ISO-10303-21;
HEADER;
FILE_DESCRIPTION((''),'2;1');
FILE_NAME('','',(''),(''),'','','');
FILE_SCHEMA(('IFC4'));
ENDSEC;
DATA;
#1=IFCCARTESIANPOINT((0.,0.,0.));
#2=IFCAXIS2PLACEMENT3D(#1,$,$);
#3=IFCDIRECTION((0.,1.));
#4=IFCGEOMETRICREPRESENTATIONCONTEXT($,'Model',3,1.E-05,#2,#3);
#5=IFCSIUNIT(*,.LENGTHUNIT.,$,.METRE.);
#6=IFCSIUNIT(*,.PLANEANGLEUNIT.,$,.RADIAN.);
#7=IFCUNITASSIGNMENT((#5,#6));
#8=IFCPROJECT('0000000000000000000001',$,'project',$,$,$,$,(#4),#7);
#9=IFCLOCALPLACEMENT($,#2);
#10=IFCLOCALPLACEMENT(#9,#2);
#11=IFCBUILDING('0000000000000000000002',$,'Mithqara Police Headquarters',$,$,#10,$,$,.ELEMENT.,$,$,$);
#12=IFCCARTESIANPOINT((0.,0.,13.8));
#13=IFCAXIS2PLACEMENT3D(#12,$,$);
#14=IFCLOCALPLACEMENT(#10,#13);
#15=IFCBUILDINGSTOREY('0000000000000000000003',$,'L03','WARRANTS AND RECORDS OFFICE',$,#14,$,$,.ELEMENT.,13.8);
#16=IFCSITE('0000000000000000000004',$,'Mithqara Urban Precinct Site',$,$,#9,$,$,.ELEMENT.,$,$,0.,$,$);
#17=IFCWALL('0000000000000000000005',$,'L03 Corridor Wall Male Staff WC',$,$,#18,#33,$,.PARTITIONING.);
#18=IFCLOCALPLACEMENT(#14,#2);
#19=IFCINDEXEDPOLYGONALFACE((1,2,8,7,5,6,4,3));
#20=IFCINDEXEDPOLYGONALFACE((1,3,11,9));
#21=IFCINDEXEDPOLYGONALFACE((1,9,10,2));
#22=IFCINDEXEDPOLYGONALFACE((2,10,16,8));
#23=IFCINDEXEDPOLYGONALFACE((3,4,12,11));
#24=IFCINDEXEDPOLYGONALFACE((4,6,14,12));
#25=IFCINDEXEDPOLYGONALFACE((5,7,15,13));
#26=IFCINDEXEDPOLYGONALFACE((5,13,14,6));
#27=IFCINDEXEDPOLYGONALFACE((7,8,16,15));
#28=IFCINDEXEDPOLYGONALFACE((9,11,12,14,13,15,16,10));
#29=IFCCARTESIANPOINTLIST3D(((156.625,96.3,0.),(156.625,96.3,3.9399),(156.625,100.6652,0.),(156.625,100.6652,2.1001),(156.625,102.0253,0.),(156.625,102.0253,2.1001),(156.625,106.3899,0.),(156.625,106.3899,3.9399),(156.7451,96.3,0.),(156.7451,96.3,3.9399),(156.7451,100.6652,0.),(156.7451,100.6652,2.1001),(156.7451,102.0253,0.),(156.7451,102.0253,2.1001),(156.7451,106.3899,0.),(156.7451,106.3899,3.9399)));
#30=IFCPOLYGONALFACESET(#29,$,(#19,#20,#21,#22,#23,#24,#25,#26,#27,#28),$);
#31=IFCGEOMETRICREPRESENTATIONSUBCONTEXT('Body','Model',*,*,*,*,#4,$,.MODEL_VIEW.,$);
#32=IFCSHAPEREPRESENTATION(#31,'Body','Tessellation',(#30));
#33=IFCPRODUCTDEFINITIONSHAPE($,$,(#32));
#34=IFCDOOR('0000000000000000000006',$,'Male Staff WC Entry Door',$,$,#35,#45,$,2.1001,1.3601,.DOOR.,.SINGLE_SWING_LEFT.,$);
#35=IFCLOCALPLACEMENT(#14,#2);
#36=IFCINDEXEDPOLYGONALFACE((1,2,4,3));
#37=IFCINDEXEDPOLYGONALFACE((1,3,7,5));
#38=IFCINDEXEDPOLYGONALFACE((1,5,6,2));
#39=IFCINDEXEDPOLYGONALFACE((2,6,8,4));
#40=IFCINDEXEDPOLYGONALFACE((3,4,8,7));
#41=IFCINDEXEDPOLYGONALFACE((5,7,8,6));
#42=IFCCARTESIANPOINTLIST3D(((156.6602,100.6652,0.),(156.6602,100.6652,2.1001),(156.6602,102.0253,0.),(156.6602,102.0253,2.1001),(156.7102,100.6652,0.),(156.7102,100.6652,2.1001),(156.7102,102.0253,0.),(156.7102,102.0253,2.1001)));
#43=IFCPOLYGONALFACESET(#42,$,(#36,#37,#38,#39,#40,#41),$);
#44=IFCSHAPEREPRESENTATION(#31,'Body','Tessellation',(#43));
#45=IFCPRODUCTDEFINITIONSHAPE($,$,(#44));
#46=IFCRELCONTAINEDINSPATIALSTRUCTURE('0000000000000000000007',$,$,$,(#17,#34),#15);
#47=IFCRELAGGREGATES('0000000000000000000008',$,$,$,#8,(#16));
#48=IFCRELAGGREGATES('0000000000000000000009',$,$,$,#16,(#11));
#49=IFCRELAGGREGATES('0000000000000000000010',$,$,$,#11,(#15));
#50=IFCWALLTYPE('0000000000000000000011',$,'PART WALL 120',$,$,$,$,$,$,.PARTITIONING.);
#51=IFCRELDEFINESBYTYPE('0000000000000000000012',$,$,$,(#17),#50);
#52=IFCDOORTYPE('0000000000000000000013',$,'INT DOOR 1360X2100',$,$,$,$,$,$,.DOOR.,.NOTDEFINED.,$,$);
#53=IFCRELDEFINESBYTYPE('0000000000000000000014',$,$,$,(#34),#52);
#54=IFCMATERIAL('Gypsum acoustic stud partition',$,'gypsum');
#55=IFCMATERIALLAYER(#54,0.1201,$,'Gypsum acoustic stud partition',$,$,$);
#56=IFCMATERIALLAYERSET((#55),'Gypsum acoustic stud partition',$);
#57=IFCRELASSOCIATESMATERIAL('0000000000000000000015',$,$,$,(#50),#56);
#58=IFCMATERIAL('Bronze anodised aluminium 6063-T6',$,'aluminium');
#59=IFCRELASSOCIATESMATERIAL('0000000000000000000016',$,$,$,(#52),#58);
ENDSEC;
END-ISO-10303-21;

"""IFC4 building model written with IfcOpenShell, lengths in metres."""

from ifc_helpers import new_model, si_unit, direction, frame, frame_2d, origin, place, context, subcontext, project, spatial, rectangle, extrude, material, layer, layer_set, type_object, element, fill, save


model = new_model("IFC4")

# Units and contexts
model_context = context("Model", 3, precision=1e-05, world=origin(), true_north=direction((0.0, 1.0)))
body_context = subcontext(model_context, "Body", "Model", "MODEL_VIEW")
ifc_project = project(units=[si_unit("LENGTHUNIT", "METRE"), si_unit("PLANEANGLEUNIT", "RADIAN")], contexts=[model_context])

# Site, building, storey
site_placement = place(None, origin())
site = spatial("IfcSite", under=ifc_project, at=site_placement, Name="Mithqara Urban Precinct Site", CompositionType="ELEMENT", RefElevation=0.0)
building_placement = place(site_placement, origin())
building = spatial("IfcBuilding", under=site, at=building_placement, Name="Mithqara Police Headquarters", CompositionType="ELEMENT")
storey_placement = place(building_placement, frame((0.0, 0.0, 13.8)))
storey = spatial("IfcBuildingStorey", under=building, at=storey_placement, Name="L03", Description="WARRANTS AND RECORDS OFFICE", CompositionType="ELEMENT", Elevation=13.8)

# Shared definitions
ifc_material_1 = material(Name="Bronze anodised aluminium 6063-T6", Category="aluminium")

# Wall, opening, door
ifc_material_2 = material(Name="Gypsum acoustic stud partition", Category="gypsum")
ifc_layer_1 = layer(ifc_material_2, 0.1201, Name="Gypsum acoustic stud partition")
ifc_layer_set_1 = layer_set([ifc_layer_1], Name="Gypsum acoustic stud partition")
wall_type = type_object("IfcWallType", Name="PART WALL 120", PredefinedType="PARTITIONING", material=ifc_layer_set_1)
wall_placement = place(storey_placement, frame((156.6851, 96.3, 0.0), z_axis=(0.0, 0.0, 1.0), x_axis=(0.0, 1.0, 0.0)))
wall = element("IfcWall", 1, at=wall_placement, inside=storey, type_object=wall_type, Name="L03 Corridor Wall Male Staff WC", PredefinedType="PARTITIONING", context=body_context, shape_type="SweptSolid", body=[
    extrude(rectangle(XDim=10.0898, YDim=0.1201, at=frame_2d((5.0449, 0.0))), origin(), (0.0, 0.0, 1.0), 3.9399),
])
opening_placement = place(wall_placement, frame((4.365, 0.0, 0.0)))
opening = element("IfcOpeningElement", 2, at=opening_placement, cuts=wall, PredefinedType="OPENING", context=body_context, shape_type="SweptSolid", body=[
    extrude(rectangle(XDim=1.3601, YDim=2.1001, at=frame_2d((0.6802, 1.05))), frame((0.0, 0.0701, 0.0), z_axis=(0.0, -1.0, 0.0), x_axis=(1.0, 0.0, 0.0)), (0.0, 0.0, 1.0), 0.1401),
])
door_type = type_object("IfcDoorType", Name="INT DOOR 1360X2100", OperationType="NOTDEFINED", PredefinedType="DOOR", material=ifc_material_1)
door_placement = place(opening_placement, origin())
door = element("IfcDoor", 3, at=door_placement, inside=storey, type_object=door_type, Name="Male Staff WC Entry Door", OperationType="SINGLE_SWING_LEFT", OverallHeight=2.1001, OverallWidth=1.3601, PredefinedType="DOOR", context=body_context, shape_type="SweptSolid", body=[
    extrude(rectangle(XDim=1.3601, YDim=2.1001, at=frame_2d((0.6802, 1.05))), frame((0.0, 0.0249, 0.0), z_axis=(0.0, -1.0, 0.0), x_axis=(1.0, 0.0, 0.0)), (0.0, 0.0, 1.0), 0.05),
])
fill(opening, door)

save(model, "model.ifc")
